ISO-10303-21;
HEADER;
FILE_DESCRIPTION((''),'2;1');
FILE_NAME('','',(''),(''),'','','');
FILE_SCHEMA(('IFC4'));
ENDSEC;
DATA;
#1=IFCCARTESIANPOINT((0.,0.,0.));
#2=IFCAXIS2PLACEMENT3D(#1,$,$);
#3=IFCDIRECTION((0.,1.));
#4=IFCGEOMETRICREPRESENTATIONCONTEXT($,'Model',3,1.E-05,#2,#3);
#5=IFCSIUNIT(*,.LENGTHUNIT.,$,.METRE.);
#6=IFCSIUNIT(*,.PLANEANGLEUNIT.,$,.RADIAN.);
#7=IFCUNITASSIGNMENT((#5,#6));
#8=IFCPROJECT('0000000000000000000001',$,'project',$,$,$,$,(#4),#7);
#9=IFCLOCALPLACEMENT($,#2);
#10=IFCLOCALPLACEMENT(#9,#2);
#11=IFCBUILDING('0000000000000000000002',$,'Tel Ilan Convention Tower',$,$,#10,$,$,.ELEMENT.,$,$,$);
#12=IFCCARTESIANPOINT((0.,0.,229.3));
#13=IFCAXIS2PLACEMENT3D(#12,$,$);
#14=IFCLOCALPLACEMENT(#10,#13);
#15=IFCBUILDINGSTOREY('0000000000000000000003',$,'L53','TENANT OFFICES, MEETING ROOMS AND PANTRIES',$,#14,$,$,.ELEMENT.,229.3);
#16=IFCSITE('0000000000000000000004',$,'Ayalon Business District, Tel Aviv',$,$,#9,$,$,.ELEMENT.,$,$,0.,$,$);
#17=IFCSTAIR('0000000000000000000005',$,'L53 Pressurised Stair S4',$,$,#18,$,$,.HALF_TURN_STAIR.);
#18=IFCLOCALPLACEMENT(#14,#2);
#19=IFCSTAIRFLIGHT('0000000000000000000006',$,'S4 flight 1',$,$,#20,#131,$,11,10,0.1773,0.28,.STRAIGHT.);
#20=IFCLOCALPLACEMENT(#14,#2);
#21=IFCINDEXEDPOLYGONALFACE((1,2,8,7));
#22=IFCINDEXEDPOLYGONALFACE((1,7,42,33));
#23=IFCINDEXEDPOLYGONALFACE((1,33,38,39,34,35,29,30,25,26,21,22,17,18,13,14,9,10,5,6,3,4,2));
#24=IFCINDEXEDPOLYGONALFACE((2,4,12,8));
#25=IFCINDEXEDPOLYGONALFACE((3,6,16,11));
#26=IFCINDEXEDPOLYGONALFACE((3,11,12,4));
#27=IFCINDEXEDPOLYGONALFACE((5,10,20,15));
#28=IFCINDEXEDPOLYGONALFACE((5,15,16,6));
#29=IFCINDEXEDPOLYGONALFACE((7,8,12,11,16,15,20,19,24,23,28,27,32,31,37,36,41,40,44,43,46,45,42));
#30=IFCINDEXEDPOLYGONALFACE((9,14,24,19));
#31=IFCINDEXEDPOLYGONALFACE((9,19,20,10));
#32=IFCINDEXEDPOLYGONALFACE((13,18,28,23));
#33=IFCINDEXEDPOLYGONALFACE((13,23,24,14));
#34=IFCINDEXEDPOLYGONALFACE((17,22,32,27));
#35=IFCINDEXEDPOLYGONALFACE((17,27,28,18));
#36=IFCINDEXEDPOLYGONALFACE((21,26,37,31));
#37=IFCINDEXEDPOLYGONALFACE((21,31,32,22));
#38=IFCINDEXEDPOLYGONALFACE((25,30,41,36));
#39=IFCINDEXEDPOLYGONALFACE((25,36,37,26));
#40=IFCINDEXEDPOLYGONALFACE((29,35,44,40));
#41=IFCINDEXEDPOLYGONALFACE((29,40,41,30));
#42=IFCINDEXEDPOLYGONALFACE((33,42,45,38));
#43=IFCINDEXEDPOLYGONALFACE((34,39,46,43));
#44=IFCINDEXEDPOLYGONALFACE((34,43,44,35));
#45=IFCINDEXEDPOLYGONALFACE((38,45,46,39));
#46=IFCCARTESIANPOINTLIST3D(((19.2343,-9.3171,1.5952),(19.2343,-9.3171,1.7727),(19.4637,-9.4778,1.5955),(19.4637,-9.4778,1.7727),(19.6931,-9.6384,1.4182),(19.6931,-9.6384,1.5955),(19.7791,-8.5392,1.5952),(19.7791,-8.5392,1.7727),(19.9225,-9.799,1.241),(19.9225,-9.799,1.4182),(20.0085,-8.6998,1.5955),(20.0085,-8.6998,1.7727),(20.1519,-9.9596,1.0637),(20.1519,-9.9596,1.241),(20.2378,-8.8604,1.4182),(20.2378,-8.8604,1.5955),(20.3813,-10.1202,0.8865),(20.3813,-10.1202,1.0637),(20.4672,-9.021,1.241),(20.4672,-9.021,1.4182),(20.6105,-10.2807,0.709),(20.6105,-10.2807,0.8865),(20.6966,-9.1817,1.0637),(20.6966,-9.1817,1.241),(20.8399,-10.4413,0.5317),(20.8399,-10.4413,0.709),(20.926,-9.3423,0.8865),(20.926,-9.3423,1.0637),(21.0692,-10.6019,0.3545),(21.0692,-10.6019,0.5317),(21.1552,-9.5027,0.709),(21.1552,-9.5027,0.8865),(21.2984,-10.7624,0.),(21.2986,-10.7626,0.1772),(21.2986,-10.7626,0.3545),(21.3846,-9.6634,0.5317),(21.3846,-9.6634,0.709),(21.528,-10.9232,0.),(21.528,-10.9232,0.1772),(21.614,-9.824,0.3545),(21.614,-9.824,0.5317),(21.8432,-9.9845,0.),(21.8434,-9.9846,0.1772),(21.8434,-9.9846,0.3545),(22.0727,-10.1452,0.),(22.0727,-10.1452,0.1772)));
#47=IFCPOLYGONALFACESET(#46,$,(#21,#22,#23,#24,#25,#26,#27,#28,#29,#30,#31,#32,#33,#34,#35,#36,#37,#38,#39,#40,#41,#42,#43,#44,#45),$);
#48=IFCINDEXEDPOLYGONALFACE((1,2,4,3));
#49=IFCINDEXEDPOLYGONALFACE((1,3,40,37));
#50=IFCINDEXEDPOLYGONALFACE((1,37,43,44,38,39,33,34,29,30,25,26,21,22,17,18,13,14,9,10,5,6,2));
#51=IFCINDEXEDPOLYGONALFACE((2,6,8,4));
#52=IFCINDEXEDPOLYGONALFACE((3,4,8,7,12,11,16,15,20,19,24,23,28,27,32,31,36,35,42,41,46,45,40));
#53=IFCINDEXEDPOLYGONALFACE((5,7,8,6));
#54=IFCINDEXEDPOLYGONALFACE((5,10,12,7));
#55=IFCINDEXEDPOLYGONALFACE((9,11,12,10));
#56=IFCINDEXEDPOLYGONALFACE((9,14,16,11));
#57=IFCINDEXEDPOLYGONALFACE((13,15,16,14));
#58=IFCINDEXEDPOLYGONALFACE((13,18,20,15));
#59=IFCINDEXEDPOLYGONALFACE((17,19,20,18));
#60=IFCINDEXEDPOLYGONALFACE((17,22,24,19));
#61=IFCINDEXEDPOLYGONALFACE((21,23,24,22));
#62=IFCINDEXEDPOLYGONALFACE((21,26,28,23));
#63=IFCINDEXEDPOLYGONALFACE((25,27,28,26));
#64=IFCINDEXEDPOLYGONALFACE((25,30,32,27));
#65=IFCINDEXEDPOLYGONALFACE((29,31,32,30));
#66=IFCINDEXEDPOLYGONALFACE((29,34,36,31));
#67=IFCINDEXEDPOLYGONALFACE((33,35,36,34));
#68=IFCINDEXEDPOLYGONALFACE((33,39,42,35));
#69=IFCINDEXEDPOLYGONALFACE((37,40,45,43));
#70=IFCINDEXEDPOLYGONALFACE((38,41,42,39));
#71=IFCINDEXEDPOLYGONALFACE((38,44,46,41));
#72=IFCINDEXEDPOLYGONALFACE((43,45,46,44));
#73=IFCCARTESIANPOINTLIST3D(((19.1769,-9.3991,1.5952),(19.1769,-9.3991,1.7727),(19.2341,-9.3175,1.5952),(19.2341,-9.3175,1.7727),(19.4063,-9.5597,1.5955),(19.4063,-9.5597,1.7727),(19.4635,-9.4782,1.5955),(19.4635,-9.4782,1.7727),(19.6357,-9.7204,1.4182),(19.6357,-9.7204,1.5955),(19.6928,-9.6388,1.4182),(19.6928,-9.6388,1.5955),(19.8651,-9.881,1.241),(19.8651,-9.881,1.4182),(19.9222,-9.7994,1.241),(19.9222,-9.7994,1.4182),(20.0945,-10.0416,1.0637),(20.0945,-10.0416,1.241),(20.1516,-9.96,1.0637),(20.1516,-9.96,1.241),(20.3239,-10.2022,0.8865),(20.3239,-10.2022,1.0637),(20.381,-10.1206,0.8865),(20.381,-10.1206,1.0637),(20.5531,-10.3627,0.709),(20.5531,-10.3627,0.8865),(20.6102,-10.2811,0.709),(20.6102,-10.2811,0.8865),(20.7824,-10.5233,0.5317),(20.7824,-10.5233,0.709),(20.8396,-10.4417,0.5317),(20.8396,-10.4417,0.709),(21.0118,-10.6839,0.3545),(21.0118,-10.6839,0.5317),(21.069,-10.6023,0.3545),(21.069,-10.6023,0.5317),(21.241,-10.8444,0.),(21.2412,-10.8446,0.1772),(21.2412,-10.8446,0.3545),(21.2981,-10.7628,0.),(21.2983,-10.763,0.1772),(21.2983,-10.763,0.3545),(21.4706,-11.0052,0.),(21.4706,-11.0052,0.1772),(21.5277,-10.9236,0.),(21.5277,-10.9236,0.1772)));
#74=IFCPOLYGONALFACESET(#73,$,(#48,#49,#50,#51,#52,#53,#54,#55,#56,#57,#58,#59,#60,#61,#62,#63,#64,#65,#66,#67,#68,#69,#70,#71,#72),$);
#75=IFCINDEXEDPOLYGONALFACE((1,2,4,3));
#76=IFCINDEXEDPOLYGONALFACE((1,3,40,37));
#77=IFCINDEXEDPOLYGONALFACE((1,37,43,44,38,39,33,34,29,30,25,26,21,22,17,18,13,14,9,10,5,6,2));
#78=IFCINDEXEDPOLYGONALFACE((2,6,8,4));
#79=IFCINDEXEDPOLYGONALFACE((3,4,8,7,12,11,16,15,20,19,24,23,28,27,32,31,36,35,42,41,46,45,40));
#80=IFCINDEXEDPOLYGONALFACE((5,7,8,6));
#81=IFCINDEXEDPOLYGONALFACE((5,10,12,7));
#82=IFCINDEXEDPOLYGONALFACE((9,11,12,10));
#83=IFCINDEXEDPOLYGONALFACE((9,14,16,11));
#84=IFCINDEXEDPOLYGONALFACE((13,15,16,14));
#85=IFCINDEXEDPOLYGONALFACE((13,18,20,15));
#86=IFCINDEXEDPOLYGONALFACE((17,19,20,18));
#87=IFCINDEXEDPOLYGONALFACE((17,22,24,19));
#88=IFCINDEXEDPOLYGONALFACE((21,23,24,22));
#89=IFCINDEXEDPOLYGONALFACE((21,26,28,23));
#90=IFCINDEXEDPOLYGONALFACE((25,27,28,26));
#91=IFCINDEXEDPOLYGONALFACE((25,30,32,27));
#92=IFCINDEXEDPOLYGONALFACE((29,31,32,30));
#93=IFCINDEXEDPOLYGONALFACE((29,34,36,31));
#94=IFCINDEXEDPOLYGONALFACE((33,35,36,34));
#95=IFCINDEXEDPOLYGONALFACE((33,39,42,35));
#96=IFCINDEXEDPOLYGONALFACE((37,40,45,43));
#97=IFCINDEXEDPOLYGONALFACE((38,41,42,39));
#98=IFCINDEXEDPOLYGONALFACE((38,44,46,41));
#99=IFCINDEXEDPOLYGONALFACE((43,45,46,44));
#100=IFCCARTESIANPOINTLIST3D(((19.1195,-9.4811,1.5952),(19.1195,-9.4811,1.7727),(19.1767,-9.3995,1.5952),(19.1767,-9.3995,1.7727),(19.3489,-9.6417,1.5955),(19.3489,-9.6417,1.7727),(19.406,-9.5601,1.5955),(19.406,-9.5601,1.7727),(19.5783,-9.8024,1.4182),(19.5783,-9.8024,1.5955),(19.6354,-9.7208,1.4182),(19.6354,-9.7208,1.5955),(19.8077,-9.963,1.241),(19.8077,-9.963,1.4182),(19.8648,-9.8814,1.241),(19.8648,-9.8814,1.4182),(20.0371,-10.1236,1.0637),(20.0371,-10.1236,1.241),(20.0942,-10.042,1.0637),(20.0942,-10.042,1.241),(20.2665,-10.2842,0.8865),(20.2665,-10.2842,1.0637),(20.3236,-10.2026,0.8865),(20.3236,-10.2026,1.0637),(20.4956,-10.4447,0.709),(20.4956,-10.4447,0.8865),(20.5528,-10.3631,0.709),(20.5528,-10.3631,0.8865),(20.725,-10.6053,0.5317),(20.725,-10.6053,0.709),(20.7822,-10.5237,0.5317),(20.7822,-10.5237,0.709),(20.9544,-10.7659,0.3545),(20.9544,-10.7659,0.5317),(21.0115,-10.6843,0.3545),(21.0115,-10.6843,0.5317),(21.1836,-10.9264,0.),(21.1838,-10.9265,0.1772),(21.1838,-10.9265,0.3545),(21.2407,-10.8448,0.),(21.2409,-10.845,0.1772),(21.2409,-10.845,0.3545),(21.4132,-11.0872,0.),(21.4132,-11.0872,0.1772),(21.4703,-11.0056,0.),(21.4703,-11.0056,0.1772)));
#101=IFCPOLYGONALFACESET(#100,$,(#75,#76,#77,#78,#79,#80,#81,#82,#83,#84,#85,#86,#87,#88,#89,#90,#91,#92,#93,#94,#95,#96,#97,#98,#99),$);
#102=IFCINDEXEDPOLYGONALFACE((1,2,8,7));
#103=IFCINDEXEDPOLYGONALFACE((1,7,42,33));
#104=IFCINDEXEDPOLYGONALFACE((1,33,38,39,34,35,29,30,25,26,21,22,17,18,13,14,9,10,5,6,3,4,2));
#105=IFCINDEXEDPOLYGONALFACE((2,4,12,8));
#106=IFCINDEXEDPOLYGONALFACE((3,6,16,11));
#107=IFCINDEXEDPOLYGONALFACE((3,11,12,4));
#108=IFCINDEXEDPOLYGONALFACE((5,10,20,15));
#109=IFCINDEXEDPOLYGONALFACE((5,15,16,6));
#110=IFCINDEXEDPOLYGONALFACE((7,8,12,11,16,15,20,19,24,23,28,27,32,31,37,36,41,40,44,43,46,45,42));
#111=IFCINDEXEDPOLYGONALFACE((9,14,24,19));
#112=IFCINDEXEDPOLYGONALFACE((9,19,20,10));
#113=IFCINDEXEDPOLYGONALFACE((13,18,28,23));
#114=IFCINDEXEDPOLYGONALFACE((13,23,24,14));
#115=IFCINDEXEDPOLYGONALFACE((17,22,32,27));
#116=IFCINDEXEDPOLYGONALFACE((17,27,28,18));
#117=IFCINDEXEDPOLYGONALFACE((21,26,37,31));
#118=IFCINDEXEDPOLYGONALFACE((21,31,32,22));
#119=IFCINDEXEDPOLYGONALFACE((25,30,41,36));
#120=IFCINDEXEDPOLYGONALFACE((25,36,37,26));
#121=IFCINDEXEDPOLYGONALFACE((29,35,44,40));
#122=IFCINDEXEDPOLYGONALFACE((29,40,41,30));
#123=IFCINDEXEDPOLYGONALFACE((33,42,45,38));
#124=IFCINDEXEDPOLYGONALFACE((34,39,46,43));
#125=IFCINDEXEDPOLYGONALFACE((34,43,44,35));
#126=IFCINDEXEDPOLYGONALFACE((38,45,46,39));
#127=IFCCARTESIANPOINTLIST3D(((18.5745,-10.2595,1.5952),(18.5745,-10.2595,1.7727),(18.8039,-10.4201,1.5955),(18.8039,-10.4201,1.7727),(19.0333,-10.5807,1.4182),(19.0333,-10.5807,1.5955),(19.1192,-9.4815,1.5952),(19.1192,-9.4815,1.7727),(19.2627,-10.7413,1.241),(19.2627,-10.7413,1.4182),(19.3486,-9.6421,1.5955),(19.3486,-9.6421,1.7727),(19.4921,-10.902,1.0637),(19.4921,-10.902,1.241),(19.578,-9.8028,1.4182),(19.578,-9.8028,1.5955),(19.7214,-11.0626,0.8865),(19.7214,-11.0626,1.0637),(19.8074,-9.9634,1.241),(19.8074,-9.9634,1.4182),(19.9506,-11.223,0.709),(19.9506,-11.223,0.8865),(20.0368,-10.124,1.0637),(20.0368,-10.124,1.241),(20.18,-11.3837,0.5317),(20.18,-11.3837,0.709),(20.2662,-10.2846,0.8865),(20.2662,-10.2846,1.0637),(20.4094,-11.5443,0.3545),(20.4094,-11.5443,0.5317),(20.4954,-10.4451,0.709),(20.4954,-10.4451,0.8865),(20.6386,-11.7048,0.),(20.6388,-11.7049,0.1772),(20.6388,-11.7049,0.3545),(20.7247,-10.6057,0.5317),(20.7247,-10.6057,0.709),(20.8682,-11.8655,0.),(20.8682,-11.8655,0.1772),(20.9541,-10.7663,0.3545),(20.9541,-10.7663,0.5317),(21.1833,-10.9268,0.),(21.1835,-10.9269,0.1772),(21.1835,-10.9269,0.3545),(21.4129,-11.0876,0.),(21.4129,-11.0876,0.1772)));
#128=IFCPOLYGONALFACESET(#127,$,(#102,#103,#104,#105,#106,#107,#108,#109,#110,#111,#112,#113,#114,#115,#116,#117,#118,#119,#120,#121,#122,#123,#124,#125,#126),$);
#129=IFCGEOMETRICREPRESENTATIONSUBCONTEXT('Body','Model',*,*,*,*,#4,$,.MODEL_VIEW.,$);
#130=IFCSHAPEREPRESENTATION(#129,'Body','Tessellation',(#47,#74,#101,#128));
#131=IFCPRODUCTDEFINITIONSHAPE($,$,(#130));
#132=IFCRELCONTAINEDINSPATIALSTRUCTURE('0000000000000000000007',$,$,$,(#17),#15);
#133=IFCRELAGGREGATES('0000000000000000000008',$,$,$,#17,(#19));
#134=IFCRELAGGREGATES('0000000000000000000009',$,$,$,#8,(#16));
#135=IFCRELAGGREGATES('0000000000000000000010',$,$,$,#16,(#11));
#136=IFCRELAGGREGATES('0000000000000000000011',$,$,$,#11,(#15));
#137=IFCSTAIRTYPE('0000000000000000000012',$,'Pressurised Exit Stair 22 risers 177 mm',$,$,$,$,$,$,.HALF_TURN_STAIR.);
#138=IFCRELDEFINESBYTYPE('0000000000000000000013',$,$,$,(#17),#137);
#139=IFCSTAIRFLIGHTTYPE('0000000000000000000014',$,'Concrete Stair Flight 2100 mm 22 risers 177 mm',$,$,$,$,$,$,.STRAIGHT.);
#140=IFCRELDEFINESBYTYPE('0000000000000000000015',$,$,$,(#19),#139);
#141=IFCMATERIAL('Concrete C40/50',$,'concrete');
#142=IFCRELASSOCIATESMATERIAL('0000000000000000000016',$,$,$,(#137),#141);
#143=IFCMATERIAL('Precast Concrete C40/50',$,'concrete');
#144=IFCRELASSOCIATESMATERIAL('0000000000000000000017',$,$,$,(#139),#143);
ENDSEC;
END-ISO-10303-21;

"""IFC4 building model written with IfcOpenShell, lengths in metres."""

from ifc_helpers import new_model, si_unit, direction, frame, origin, place, context, subcontext, project, spatial, polyline, outline, extrude, material, type_object, element, aggregate, save


model = new_model("IFC4")

# Units and contexts
model_context = context("Model", 3, precision=1e-05, world=origin(), true_north=direction((0.0, 1.0)))
body_context = subcontext(model_context, "Body", "Model", "MODEL_VIEW")
ifc_project = project(units=[si_unit("LENGTHUNIT", "METRE"), si_unit("PLANEANGLEUNIT", "RADIAN")], contexts=[model_context])

# Site, building, storey
site_placement = place(None, origin())
site = spatial("IfcSite", under=ifc_project, at=site_placement, Name="Ayalon Business District, Tel Aviv", CompositionType="ELEMENT", RefElevation=0.0)
building_placement = place(site_placement, origin())
building = spatial("IfcBuilding", under=site, at=building_placement, Name="Tel Ilan Convention Tower", CompositionType="ELEMENT")
storey_placement = place(building_placement, frame((0.0, 0.0, 229.3)))
storey = spatial("IfcBuildingStorey", under=building, at=storey_placement, Name="L53", Description="TENANT OFFICES, MEETING ROOMS AND PANTRIES", CompositionType="ELEMENT", Elevation=229.3)

# Shared definitions
ifc_material_1 = material(Name="Concrete C40/50", Category="concrete")
stair_type = type_object("IfcStairType", Name="Pressurised Exit Stair 22 risers 177 mm", PredefinedType="HALF_TURN_STAIR", material=ifc_material_1)
ifc_material_2 = material(Name="Precast Concrete C40/50", Category="concrete")
stair_flight_type = type_object("IfcStairFlightType", Name="Concrete Stair Flight 2100 mm 22 risers 177 mm", PredefinedType="STRAIGHT", material=ifc_material_2)

# Stair, stair flight
stair_1_placement = place(storey_placement, origin())
stair_1 = element("IfcStair", 1, at=stair_1_placement, inside=storey, type_object=stair_type, Name="L53 Pressurised Stair S4", PredefinedType="HALF_TURN_STAIR")
stair_flight_1_placement = place(storey_placement, frame((21.4705, -11.0054, 0.0), z_axis=(0.0, 0.0, 1.0), x_axis=(-0.819152, 0.573576, 0.0)))
stair_flight_1 = element("IfcStairFlight", 2, at=stair_flight_1_placement, type_object=stair_flight_type, Name="S4 flight 1", NumberOfRisers=11, NumberOfTreads=10, PredefinedType="STRAIGHT", RiserHeight=0.1773, TreadLength=0.28, context=body_context, shape_type="SweptSolid", body=[
    extrude(outline(polyline([(0.0, 0.0), (0.0, 0.1772), (0.28, 0.1772), (0.28, 0.3545), (0.5601, 0.3545), (0.5601, 0.5317), (0.8401, 0.5317), (0.8401, 0.709), (1.1201, 0.709), (1.1201, 0.8865), (1.3999, 0.8865), (1.3999, 1.0637), (1.6799, 1.0637), (1.6799, 1.241), (1.96, 1.241), (1.96, 1.4182), (2.24, 1.4182), (2.24, 1.5955), (2.52, 1.5955), (2.52, 1.7727), (2.8, 1.7727), (2.8, 1.95), (2.8, 1.5952), (0.2803, 0.0), (0.0, 0.0)])), frame((0.0, -0.1003, 0.0), z_axis=(0.0, -1.0, 0.0), x_axis=(1.0, 0.0, 0.0)), (0.0, 0.0, 1.0), 0.9497),
    extrude(outline(polyline([(0.0, 0.0), (0.0, 0.1772), (0.28, 0.1772), (0.28, 0.3545), (0.5601, 0.3545), (0.5601, 0.5317), (0.8401, 0.5317), (0.8401, 0.709), (1.1201, 0.709), (1.1201, 0.8865), (1.3999, 0.8865), (1.3999, 1.0637), (1.6799, 1.0637), (1.6799, 1.241), (1.96, 1.241), (1.96, 1.4182), (2.24, 1.4182), (2.24, 1.5955), (2.52, 1.5955), (2.52, 1.7727), (2.8, 1.7727), (2.8, 1.95), (2.8, 1.5952), (0.2803, 0.0), (0.0, 0.0)])), frame((0.0, -0.0002, 0.0), z_axis=(0.0, -1.0, 0.0), x_axis=(1.0, 0.0, 0.0)), (0.0, 0.0, 1.0), 0.0996),
    extrude(outline(polyline([(0.0, 0.0), (0.0, 0.1772), (0.28, 0.1772), (0.28, 0.3545), (0.5601, 0.3545), (0.5601, 0.5317), (0.8401, 0.5317), (0.8401, 0.709), (1.1201, 0.709), (1.1201, 0.8865), (1.3999, 0.8865), (1.3999, 1.0637), (1.6799, 1.0637), (1.6799, 1.241), (1.96, 1.241), (1.96, 1.4182), (2.24, 1.4182), (2.24, 1.5955), (2.52, 1.5955), (2.52, 1.7727), (2.8, 1.7727), (2.8, 1.95), (2.8, 1.5952), (0.2803, 0.0), (0.0, 0.0)])), frame((0.0, 0.0999, 0.0), z_axis=(0.0, -1.0, 0.0), x_axis=(1.0, 0.0, 0.0)), (0.0, 0.0, 1.0), 0.0996),
    extrude(outline(polyline([(0.0, 0.0), (0.0, 0.1772), (0.28, 0.1772), (0.28, 0.3545), (0.5601, 0.3545), (0.5601, 0.5317), (0.8401, 0.5317), (0.8401, 0.709), (1.1201, 0.709), (1.1201, 0.8865), (1.3999, 0.8865), (1.3999, 1.0637), (1.6799, 1.0637), (1.6799, 1.241), (1.96, 1.241), (1.96, 1.4182), (2.24, 1.4182), (2.24, 1.5955), (2.52, 1.5955), (2.52, 1.7727), (2.8, 1.7727), (2.8, 1.95), (2.8, 1.5952), (0.2803, 0.0), (0.0, 0.0)])), frame((0.0, 1.05, 0.0), z_axis=(0.0, -1.0, 0.0), x_axis=(1.0, 0.0, 0.0)), (0.0, 0.0, 1.0), 0.9497),
])
aggregate(stair_1, [stair_flight_1])

save(model, "model.ifc")
